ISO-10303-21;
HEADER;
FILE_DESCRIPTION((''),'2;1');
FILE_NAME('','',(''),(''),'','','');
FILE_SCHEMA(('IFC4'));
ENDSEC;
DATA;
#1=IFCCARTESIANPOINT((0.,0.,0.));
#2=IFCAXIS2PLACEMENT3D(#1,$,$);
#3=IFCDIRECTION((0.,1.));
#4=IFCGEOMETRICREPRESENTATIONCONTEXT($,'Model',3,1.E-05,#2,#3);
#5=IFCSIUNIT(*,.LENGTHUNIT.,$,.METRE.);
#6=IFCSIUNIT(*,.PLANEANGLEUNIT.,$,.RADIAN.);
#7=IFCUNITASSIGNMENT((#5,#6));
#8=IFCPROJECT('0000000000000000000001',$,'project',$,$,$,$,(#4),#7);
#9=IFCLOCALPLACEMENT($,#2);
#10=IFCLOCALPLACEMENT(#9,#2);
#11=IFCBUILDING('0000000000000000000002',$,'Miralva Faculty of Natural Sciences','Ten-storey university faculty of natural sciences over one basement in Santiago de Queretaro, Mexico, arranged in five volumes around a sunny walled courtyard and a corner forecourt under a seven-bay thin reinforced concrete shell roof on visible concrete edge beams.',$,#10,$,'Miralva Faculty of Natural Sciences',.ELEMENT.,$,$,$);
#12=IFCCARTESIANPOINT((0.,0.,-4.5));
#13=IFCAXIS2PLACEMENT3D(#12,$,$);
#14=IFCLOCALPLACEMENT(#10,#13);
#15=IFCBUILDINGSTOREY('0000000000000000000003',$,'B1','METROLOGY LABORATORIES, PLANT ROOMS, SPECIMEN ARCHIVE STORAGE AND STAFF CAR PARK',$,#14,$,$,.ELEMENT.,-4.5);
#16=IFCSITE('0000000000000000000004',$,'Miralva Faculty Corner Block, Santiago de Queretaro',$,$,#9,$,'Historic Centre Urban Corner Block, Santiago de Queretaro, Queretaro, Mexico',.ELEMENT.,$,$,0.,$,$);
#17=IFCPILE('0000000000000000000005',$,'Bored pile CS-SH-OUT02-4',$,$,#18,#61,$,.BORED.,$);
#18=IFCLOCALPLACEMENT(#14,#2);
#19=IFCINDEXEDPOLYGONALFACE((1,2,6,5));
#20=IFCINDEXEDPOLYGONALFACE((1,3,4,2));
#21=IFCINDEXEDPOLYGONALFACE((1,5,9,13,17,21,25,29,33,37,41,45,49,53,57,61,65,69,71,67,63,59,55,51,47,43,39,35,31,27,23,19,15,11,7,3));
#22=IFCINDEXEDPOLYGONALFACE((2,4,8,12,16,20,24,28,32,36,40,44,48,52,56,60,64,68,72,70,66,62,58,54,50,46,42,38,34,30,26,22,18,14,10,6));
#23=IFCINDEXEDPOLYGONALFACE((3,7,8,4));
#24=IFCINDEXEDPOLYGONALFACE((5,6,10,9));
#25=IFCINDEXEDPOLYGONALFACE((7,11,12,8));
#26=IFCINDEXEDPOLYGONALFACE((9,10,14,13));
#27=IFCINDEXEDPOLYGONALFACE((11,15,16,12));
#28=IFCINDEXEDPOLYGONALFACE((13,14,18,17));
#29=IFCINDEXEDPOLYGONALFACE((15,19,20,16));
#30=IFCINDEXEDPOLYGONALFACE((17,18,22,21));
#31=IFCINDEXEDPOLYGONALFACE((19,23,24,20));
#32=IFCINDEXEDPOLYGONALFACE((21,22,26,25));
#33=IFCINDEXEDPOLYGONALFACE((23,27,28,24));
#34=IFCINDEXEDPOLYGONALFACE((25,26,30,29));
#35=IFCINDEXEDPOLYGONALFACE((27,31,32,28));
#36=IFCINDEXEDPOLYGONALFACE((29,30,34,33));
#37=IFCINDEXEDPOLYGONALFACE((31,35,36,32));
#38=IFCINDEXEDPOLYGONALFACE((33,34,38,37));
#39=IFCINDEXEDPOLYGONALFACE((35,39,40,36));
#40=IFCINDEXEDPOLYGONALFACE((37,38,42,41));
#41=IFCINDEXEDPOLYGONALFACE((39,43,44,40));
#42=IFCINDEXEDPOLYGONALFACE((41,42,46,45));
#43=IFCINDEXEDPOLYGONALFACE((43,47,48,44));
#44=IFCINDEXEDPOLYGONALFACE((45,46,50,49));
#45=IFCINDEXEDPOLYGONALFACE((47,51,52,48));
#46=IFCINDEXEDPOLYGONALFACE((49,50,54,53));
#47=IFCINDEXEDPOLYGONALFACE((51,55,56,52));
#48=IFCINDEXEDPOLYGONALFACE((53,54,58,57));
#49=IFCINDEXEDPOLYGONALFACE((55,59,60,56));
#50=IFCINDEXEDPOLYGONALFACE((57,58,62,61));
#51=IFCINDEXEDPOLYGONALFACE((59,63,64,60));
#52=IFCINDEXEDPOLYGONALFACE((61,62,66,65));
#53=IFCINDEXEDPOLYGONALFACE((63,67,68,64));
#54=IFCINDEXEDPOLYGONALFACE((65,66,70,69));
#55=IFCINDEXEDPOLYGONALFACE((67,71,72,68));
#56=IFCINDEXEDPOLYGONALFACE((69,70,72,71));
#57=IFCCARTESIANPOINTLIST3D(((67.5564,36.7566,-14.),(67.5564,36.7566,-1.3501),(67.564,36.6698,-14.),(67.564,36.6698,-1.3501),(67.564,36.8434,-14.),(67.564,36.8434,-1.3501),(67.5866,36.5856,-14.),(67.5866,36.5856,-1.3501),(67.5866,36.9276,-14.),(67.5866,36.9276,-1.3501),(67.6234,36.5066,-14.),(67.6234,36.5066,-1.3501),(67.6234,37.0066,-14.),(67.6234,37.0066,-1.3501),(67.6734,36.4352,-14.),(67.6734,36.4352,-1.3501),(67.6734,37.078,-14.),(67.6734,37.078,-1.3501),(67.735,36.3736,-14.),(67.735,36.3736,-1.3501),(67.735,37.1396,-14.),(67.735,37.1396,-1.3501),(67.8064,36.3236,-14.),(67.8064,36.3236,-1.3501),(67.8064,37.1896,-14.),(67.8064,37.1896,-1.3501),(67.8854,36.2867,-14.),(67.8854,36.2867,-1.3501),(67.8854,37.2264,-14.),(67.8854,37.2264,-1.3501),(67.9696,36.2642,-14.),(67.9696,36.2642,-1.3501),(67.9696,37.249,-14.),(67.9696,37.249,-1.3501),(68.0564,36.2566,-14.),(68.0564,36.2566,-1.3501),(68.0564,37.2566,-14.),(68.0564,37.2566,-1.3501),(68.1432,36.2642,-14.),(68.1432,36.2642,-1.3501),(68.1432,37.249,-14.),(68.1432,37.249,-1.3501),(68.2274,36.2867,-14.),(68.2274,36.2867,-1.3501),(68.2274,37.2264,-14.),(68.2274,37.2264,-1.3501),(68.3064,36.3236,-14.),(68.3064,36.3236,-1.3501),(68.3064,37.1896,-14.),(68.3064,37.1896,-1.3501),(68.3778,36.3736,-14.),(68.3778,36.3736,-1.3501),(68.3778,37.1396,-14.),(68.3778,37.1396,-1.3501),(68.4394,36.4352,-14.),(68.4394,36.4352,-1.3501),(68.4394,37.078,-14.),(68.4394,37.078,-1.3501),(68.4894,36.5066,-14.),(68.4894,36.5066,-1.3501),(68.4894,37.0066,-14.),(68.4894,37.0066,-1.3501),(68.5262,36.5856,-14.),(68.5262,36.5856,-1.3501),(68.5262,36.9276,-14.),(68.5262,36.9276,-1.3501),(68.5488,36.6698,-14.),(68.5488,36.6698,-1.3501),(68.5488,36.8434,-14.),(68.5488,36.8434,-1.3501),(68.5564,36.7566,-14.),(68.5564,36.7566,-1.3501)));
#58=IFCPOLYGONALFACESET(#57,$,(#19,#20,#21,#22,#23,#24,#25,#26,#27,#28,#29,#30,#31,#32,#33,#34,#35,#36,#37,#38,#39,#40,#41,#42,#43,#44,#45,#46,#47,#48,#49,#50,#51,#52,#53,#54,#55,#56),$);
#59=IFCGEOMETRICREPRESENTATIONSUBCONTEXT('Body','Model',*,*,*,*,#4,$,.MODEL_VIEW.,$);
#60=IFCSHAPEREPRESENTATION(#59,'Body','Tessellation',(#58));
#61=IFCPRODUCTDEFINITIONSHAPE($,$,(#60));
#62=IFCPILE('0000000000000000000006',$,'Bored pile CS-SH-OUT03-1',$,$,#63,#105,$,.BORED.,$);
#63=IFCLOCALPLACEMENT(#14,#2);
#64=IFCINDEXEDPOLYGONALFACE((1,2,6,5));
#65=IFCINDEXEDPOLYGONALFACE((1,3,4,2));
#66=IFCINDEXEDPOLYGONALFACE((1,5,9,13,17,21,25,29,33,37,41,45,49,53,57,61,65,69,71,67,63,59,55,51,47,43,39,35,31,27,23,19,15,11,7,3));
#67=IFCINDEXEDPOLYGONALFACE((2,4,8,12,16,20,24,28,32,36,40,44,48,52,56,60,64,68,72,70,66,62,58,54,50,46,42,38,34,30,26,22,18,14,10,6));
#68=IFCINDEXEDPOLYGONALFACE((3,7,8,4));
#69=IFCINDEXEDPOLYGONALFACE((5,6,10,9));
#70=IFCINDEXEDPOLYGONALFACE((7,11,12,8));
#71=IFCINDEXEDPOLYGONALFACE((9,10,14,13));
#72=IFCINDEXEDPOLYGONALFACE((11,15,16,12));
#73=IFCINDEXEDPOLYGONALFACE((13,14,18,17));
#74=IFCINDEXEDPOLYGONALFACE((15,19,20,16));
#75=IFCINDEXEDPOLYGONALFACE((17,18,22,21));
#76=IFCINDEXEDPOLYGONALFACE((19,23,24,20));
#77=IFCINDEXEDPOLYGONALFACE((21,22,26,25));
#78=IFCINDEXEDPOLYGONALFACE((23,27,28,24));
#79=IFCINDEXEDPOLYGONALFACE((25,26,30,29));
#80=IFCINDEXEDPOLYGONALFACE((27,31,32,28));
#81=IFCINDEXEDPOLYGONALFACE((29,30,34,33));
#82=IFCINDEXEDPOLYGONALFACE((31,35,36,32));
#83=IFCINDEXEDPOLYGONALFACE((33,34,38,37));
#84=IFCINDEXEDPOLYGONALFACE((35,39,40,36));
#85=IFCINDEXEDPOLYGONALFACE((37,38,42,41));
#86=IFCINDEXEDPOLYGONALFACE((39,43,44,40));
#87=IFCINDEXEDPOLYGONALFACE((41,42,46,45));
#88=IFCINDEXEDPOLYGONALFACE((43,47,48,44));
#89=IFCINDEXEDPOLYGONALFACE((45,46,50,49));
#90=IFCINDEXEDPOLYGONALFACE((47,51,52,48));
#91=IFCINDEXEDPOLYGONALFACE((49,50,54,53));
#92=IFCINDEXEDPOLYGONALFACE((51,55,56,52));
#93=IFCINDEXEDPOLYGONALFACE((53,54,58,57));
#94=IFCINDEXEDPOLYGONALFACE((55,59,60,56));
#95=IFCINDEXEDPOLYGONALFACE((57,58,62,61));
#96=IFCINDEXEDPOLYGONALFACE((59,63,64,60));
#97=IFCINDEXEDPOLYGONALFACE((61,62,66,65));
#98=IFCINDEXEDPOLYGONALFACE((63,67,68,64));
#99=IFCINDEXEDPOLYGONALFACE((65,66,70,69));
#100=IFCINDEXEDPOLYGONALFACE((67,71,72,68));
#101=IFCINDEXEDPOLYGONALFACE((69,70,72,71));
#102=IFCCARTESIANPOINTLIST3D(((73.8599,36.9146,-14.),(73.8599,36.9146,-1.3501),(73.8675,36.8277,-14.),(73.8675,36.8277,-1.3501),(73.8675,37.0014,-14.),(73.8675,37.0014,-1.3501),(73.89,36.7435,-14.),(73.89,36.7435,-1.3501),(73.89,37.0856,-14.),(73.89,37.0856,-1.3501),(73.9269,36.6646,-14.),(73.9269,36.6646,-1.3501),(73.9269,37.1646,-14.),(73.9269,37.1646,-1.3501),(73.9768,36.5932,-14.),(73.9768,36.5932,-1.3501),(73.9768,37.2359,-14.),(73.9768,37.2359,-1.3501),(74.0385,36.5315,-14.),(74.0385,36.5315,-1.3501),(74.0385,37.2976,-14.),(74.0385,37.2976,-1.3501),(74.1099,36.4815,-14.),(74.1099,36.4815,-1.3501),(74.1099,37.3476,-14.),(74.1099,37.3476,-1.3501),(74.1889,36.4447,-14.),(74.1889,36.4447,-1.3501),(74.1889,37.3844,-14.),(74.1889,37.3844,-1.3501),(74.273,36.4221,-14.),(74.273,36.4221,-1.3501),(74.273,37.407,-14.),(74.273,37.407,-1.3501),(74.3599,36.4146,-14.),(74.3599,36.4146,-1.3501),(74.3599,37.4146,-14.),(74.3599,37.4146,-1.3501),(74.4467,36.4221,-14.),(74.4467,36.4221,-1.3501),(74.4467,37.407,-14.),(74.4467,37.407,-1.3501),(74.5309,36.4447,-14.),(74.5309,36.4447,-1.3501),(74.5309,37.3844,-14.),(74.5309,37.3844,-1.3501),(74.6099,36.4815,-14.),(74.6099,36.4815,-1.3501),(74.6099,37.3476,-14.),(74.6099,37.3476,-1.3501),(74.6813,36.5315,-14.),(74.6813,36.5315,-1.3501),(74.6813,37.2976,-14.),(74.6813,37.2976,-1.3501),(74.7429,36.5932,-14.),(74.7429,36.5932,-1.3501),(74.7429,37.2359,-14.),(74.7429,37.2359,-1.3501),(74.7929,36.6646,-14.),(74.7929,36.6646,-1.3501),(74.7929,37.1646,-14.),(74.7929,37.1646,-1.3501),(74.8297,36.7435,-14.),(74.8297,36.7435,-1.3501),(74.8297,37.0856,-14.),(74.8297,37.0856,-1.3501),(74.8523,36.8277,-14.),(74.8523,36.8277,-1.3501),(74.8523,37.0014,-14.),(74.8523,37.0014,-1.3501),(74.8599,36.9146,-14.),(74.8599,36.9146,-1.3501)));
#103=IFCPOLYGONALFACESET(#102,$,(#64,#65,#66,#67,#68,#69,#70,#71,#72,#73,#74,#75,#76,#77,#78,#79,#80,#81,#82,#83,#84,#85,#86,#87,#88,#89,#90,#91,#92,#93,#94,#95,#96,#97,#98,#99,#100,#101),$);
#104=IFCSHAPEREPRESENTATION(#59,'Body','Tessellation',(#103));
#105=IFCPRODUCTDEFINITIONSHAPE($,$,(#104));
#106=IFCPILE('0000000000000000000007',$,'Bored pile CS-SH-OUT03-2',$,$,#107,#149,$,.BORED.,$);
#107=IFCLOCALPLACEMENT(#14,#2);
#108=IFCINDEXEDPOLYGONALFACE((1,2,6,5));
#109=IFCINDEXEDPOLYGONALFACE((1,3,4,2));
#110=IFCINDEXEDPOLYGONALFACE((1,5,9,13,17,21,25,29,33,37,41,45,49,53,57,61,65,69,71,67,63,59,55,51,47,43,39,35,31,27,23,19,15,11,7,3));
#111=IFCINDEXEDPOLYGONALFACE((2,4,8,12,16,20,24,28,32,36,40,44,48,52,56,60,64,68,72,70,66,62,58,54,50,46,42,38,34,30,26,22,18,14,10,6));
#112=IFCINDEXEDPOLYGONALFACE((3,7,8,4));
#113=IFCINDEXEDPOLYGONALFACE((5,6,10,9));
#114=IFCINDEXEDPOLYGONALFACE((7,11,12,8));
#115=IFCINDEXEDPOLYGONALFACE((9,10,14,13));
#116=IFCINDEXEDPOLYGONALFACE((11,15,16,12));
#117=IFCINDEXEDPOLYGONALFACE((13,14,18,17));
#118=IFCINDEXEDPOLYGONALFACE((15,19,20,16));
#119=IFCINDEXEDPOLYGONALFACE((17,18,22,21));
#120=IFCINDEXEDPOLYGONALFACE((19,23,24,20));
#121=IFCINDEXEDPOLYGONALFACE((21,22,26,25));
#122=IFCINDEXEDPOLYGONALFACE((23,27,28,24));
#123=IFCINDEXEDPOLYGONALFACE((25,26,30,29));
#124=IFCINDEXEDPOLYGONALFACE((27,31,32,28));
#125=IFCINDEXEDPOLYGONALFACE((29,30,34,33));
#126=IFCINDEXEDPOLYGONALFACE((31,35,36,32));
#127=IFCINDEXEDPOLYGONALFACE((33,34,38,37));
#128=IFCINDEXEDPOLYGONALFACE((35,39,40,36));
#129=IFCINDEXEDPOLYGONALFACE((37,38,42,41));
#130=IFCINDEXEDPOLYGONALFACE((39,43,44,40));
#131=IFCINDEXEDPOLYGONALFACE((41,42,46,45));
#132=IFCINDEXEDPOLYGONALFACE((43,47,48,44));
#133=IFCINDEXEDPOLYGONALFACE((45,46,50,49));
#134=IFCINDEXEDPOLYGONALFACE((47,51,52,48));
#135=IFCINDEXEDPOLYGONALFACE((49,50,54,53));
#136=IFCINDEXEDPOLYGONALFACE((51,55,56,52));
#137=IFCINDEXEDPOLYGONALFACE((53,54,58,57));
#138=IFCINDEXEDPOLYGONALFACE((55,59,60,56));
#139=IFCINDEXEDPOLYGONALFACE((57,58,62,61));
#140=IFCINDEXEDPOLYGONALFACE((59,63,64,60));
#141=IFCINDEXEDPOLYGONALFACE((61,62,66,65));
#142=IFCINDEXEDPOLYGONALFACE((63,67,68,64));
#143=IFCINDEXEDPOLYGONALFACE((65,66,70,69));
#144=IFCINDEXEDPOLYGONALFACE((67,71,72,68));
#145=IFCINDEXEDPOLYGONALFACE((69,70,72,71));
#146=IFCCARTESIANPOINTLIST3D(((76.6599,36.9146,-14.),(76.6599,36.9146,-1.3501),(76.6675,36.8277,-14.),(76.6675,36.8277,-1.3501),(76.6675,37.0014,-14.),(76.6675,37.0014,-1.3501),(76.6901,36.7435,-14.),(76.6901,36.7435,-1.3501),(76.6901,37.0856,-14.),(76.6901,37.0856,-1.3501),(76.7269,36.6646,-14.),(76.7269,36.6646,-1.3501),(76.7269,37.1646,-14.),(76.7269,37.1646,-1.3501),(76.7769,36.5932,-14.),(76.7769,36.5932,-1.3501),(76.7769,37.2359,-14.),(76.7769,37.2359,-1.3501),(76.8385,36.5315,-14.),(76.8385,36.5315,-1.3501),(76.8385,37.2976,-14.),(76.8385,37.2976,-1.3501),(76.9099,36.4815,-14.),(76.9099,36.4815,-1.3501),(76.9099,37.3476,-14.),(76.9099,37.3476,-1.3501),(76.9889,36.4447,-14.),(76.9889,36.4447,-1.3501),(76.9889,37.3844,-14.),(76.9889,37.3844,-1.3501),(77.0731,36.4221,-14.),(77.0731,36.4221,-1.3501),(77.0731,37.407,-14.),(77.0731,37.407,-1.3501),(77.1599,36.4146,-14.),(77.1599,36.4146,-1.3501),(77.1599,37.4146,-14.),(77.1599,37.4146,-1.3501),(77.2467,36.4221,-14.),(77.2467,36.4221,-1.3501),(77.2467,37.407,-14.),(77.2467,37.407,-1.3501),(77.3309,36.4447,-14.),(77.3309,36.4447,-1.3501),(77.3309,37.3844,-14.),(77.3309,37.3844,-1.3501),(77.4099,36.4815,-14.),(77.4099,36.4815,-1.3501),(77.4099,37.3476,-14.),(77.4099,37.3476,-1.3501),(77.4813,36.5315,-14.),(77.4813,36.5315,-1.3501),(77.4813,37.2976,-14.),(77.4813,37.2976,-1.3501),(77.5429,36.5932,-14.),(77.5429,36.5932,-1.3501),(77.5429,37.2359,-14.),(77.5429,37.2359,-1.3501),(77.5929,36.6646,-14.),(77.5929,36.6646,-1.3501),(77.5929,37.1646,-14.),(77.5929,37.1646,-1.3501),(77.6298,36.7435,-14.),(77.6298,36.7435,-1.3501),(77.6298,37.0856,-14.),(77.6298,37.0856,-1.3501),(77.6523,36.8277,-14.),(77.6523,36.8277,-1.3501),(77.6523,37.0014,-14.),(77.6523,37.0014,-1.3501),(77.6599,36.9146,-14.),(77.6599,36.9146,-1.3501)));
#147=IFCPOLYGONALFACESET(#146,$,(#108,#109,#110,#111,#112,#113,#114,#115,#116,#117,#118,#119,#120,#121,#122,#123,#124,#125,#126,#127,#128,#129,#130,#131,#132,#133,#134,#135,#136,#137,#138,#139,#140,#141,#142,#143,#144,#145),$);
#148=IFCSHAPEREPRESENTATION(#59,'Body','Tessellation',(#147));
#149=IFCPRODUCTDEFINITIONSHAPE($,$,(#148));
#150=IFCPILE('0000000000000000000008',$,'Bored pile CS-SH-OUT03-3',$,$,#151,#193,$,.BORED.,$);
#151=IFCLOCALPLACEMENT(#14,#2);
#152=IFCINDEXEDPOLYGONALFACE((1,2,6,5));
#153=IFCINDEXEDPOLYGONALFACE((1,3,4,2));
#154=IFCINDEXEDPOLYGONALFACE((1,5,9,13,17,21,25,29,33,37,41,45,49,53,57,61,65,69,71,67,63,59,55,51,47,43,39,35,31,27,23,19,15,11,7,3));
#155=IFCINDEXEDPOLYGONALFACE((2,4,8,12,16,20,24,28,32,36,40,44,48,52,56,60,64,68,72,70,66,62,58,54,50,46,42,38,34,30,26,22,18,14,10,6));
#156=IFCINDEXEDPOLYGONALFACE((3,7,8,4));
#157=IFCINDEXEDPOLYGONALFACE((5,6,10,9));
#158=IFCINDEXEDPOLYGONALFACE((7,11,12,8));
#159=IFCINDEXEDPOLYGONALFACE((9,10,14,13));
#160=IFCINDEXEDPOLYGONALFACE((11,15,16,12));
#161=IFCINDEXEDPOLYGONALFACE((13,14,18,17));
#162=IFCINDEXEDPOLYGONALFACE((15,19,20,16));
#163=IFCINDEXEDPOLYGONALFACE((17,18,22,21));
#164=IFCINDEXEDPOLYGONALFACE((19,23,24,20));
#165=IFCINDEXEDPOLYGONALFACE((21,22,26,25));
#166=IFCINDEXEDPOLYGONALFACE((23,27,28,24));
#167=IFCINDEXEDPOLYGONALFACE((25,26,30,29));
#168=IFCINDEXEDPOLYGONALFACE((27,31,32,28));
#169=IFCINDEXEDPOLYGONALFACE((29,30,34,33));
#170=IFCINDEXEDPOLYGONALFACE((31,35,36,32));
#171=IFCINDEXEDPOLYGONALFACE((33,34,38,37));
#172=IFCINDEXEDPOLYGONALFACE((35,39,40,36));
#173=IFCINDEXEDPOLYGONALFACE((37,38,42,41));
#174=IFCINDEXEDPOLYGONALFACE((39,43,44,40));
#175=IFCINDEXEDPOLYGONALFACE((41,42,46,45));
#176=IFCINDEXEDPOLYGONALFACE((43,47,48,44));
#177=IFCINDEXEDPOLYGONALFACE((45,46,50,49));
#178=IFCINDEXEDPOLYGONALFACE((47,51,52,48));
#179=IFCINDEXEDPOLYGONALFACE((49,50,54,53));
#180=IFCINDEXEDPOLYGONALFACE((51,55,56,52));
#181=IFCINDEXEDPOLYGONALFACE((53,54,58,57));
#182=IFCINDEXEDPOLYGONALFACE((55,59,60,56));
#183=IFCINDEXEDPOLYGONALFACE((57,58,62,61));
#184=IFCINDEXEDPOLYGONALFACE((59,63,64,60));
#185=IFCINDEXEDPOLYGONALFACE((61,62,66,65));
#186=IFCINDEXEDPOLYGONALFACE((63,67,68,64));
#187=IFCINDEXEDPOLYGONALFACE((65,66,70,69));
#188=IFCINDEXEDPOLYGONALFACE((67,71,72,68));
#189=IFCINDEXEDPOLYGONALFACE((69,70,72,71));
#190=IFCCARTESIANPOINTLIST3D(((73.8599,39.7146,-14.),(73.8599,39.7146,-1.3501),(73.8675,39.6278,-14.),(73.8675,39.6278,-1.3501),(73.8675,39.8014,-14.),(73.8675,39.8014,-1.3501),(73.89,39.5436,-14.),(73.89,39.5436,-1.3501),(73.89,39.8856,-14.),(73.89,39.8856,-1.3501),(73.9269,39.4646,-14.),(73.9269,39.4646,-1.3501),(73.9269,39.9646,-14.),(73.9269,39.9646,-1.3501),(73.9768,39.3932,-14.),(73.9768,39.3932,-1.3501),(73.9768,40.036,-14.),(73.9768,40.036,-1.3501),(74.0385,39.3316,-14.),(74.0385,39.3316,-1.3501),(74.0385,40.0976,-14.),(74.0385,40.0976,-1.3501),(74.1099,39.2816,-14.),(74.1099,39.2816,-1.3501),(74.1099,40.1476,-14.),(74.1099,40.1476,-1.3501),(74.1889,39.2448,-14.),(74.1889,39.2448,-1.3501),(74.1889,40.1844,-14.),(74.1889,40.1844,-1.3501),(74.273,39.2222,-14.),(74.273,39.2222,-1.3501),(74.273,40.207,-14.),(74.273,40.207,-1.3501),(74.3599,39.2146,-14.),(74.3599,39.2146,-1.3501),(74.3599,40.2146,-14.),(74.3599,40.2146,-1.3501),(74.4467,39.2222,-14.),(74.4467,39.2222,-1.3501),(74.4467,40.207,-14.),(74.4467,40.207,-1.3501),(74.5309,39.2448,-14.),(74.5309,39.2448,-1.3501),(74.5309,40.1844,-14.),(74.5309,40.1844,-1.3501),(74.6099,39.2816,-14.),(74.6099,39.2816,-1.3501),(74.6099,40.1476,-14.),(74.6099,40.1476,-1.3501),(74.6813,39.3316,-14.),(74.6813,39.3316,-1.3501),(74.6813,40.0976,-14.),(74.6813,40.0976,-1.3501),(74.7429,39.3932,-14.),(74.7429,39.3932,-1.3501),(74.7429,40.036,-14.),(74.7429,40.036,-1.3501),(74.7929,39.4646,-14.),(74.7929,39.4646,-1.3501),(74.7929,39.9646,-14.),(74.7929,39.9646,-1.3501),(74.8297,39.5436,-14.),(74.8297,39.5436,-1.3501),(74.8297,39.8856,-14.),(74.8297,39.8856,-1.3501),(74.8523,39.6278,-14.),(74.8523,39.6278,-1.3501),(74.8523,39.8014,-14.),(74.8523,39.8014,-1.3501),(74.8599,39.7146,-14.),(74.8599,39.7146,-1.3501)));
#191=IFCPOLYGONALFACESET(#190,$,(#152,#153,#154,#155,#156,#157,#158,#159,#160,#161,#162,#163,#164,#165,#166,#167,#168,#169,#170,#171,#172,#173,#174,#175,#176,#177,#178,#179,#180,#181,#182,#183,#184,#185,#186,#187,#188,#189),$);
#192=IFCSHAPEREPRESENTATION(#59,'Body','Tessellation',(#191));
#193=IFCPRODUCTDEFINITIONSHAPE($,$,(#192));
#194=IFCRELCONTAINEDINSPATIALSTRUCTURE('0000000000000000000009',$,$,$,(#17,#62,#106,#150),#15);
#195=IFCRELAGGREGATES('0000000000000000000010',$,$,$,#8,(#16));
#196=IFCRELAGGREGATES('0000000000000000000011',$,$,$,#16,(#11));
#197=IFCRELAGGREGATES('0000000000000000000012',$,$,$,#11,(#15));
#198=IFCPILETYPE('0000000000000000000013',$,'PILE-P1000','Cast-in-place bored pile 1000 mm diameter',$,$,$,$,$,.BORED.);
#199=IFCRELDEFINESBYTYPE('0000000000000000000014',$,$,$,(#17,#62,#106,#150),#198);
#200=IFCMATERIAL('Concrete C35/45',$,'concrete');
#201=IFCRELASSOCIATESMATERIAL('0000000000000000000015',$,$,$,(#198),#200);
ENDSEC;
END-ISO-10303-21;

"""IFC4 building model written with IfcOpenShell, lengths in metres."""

from ifc_helpers import new_model, si_unit, direction, frame, origin, origin_2d, place, context, subcontext, project, spatial, circle, extrude, material, material_profile, profile_set, type_object, element, save


model = new_model("IFC4")

# Units and contexts
model_context = context("Model", 3, precision=1e-05, world=origin(), true_north=direction((0.0, 1.0)))
body_context = subcontext(model_context, "Body", "Model", "MODEL_VIEW")
ifc_project = project(units=[si_unit("LENGTHUNIT", "METRE"), si_unit("PLANEANGLEUNIT", "RADIAN")], contexts=[model_context])

# Site, building, storey
site_placement = place(None, origin())
site = spatial("IfcSite", under=ifc_project, at=site_placement, Name="Miralva Faculty Corner Block, Santiago de Queretaro", LongName="Historic Centre Urban Corner Block, Santiago de Queretaro, Queretaro, Mexico", CompositionType="ELEMENT", RefElevation=0.0)
building_placement = place(site_placement, origin())
building = spatial("IfcBuilding", under=site, at=building_placement, Name="Miralva Faculty of Natural Sciences", Description="Ten-storey university faculty of natural sciences over one basement in Santiago de Queretaro, Mexico, arranged in five volumes around a sunny walled courtyard and a corner forecourt under a seven-bay thin reinforced concrete shell roof on visible concrete edge beams.", LongName="Miralva Faculty of Natural Sciences", CompositionType="ELEMENT")
storey_placement = place(building_placement, frame((0.0, 0.0, -4.5)))
storey = spatial("IfcBuildingStorey", under=building, at=storey_placement, Name="B1", Description="METROLOGY LABORATORIES, PLANT ROOMS, SPECIMEN ARCHIVE STORAGE AND STAFF CAR PARK", CompositionType="ELEMENT", Elevation=-4.5)

# Shared definitions
ifc_material_1 = material(Name="Concrete C35/45", Category="concrete")

# Piles
ifc_material_profile_1 = material_profile(ifc_material_1, circle(Radius=0.5, at=origin_2d()), Name="BORED PILE 1000")
ifc_profile_set_1 = profile_set([ifc_material_profile_1], Name="Concrete C35/45")
pile_type_1 = type_object("IfcPileType", Name="PILE-P1000", Description="Cast-in-place bored pile 1000 mm diameter", PredefinedType="BORED", material=ifc_profile_set_1)
for number, where, z_axis, x_axis, name in (
    (1, (68.0564, 36.7566, -1.3501), (0.0, 0.0, -1.0), (1.0, 0.0, 0.0), "Bored pile CS-SH-OUT02-4"),
    (2, (74.3599, 36.9146, -1.3501), (0.0, 0.0, -1.0), (1.0, 0.0, 0.0), "Bored pile CS-SH-OUT03-1"),
    (3, (77.1599, 36.9146, -1.3501), (0.0, 0.0, -1.0), (1.0, 0.0, 0.0), "Bored pile CS-SH-OUT03-2"),
    (4, (74.3599, 39.7146, -1.3501), (0.0, 0.0, -1.0), (1.0, 0.0, 0.0), "Bored pile CS-SH-OUT03-3"),
):
    element("IfcPile", number, at=place(storey_placement, frame(where, z_axis=z_axis, x_axis=x_axis)), inside=storey, type_object=pile_type_1, Name=name, PredefinedType="BORED", context=body_context, shape_type="SweptSolid", body=[
        extrude(circle(Radius=0.5, at=origin_2d()), origin(), (0.0, 0.0, 1.0), 12.6499),
    ])

save(model, "model.ifc")
